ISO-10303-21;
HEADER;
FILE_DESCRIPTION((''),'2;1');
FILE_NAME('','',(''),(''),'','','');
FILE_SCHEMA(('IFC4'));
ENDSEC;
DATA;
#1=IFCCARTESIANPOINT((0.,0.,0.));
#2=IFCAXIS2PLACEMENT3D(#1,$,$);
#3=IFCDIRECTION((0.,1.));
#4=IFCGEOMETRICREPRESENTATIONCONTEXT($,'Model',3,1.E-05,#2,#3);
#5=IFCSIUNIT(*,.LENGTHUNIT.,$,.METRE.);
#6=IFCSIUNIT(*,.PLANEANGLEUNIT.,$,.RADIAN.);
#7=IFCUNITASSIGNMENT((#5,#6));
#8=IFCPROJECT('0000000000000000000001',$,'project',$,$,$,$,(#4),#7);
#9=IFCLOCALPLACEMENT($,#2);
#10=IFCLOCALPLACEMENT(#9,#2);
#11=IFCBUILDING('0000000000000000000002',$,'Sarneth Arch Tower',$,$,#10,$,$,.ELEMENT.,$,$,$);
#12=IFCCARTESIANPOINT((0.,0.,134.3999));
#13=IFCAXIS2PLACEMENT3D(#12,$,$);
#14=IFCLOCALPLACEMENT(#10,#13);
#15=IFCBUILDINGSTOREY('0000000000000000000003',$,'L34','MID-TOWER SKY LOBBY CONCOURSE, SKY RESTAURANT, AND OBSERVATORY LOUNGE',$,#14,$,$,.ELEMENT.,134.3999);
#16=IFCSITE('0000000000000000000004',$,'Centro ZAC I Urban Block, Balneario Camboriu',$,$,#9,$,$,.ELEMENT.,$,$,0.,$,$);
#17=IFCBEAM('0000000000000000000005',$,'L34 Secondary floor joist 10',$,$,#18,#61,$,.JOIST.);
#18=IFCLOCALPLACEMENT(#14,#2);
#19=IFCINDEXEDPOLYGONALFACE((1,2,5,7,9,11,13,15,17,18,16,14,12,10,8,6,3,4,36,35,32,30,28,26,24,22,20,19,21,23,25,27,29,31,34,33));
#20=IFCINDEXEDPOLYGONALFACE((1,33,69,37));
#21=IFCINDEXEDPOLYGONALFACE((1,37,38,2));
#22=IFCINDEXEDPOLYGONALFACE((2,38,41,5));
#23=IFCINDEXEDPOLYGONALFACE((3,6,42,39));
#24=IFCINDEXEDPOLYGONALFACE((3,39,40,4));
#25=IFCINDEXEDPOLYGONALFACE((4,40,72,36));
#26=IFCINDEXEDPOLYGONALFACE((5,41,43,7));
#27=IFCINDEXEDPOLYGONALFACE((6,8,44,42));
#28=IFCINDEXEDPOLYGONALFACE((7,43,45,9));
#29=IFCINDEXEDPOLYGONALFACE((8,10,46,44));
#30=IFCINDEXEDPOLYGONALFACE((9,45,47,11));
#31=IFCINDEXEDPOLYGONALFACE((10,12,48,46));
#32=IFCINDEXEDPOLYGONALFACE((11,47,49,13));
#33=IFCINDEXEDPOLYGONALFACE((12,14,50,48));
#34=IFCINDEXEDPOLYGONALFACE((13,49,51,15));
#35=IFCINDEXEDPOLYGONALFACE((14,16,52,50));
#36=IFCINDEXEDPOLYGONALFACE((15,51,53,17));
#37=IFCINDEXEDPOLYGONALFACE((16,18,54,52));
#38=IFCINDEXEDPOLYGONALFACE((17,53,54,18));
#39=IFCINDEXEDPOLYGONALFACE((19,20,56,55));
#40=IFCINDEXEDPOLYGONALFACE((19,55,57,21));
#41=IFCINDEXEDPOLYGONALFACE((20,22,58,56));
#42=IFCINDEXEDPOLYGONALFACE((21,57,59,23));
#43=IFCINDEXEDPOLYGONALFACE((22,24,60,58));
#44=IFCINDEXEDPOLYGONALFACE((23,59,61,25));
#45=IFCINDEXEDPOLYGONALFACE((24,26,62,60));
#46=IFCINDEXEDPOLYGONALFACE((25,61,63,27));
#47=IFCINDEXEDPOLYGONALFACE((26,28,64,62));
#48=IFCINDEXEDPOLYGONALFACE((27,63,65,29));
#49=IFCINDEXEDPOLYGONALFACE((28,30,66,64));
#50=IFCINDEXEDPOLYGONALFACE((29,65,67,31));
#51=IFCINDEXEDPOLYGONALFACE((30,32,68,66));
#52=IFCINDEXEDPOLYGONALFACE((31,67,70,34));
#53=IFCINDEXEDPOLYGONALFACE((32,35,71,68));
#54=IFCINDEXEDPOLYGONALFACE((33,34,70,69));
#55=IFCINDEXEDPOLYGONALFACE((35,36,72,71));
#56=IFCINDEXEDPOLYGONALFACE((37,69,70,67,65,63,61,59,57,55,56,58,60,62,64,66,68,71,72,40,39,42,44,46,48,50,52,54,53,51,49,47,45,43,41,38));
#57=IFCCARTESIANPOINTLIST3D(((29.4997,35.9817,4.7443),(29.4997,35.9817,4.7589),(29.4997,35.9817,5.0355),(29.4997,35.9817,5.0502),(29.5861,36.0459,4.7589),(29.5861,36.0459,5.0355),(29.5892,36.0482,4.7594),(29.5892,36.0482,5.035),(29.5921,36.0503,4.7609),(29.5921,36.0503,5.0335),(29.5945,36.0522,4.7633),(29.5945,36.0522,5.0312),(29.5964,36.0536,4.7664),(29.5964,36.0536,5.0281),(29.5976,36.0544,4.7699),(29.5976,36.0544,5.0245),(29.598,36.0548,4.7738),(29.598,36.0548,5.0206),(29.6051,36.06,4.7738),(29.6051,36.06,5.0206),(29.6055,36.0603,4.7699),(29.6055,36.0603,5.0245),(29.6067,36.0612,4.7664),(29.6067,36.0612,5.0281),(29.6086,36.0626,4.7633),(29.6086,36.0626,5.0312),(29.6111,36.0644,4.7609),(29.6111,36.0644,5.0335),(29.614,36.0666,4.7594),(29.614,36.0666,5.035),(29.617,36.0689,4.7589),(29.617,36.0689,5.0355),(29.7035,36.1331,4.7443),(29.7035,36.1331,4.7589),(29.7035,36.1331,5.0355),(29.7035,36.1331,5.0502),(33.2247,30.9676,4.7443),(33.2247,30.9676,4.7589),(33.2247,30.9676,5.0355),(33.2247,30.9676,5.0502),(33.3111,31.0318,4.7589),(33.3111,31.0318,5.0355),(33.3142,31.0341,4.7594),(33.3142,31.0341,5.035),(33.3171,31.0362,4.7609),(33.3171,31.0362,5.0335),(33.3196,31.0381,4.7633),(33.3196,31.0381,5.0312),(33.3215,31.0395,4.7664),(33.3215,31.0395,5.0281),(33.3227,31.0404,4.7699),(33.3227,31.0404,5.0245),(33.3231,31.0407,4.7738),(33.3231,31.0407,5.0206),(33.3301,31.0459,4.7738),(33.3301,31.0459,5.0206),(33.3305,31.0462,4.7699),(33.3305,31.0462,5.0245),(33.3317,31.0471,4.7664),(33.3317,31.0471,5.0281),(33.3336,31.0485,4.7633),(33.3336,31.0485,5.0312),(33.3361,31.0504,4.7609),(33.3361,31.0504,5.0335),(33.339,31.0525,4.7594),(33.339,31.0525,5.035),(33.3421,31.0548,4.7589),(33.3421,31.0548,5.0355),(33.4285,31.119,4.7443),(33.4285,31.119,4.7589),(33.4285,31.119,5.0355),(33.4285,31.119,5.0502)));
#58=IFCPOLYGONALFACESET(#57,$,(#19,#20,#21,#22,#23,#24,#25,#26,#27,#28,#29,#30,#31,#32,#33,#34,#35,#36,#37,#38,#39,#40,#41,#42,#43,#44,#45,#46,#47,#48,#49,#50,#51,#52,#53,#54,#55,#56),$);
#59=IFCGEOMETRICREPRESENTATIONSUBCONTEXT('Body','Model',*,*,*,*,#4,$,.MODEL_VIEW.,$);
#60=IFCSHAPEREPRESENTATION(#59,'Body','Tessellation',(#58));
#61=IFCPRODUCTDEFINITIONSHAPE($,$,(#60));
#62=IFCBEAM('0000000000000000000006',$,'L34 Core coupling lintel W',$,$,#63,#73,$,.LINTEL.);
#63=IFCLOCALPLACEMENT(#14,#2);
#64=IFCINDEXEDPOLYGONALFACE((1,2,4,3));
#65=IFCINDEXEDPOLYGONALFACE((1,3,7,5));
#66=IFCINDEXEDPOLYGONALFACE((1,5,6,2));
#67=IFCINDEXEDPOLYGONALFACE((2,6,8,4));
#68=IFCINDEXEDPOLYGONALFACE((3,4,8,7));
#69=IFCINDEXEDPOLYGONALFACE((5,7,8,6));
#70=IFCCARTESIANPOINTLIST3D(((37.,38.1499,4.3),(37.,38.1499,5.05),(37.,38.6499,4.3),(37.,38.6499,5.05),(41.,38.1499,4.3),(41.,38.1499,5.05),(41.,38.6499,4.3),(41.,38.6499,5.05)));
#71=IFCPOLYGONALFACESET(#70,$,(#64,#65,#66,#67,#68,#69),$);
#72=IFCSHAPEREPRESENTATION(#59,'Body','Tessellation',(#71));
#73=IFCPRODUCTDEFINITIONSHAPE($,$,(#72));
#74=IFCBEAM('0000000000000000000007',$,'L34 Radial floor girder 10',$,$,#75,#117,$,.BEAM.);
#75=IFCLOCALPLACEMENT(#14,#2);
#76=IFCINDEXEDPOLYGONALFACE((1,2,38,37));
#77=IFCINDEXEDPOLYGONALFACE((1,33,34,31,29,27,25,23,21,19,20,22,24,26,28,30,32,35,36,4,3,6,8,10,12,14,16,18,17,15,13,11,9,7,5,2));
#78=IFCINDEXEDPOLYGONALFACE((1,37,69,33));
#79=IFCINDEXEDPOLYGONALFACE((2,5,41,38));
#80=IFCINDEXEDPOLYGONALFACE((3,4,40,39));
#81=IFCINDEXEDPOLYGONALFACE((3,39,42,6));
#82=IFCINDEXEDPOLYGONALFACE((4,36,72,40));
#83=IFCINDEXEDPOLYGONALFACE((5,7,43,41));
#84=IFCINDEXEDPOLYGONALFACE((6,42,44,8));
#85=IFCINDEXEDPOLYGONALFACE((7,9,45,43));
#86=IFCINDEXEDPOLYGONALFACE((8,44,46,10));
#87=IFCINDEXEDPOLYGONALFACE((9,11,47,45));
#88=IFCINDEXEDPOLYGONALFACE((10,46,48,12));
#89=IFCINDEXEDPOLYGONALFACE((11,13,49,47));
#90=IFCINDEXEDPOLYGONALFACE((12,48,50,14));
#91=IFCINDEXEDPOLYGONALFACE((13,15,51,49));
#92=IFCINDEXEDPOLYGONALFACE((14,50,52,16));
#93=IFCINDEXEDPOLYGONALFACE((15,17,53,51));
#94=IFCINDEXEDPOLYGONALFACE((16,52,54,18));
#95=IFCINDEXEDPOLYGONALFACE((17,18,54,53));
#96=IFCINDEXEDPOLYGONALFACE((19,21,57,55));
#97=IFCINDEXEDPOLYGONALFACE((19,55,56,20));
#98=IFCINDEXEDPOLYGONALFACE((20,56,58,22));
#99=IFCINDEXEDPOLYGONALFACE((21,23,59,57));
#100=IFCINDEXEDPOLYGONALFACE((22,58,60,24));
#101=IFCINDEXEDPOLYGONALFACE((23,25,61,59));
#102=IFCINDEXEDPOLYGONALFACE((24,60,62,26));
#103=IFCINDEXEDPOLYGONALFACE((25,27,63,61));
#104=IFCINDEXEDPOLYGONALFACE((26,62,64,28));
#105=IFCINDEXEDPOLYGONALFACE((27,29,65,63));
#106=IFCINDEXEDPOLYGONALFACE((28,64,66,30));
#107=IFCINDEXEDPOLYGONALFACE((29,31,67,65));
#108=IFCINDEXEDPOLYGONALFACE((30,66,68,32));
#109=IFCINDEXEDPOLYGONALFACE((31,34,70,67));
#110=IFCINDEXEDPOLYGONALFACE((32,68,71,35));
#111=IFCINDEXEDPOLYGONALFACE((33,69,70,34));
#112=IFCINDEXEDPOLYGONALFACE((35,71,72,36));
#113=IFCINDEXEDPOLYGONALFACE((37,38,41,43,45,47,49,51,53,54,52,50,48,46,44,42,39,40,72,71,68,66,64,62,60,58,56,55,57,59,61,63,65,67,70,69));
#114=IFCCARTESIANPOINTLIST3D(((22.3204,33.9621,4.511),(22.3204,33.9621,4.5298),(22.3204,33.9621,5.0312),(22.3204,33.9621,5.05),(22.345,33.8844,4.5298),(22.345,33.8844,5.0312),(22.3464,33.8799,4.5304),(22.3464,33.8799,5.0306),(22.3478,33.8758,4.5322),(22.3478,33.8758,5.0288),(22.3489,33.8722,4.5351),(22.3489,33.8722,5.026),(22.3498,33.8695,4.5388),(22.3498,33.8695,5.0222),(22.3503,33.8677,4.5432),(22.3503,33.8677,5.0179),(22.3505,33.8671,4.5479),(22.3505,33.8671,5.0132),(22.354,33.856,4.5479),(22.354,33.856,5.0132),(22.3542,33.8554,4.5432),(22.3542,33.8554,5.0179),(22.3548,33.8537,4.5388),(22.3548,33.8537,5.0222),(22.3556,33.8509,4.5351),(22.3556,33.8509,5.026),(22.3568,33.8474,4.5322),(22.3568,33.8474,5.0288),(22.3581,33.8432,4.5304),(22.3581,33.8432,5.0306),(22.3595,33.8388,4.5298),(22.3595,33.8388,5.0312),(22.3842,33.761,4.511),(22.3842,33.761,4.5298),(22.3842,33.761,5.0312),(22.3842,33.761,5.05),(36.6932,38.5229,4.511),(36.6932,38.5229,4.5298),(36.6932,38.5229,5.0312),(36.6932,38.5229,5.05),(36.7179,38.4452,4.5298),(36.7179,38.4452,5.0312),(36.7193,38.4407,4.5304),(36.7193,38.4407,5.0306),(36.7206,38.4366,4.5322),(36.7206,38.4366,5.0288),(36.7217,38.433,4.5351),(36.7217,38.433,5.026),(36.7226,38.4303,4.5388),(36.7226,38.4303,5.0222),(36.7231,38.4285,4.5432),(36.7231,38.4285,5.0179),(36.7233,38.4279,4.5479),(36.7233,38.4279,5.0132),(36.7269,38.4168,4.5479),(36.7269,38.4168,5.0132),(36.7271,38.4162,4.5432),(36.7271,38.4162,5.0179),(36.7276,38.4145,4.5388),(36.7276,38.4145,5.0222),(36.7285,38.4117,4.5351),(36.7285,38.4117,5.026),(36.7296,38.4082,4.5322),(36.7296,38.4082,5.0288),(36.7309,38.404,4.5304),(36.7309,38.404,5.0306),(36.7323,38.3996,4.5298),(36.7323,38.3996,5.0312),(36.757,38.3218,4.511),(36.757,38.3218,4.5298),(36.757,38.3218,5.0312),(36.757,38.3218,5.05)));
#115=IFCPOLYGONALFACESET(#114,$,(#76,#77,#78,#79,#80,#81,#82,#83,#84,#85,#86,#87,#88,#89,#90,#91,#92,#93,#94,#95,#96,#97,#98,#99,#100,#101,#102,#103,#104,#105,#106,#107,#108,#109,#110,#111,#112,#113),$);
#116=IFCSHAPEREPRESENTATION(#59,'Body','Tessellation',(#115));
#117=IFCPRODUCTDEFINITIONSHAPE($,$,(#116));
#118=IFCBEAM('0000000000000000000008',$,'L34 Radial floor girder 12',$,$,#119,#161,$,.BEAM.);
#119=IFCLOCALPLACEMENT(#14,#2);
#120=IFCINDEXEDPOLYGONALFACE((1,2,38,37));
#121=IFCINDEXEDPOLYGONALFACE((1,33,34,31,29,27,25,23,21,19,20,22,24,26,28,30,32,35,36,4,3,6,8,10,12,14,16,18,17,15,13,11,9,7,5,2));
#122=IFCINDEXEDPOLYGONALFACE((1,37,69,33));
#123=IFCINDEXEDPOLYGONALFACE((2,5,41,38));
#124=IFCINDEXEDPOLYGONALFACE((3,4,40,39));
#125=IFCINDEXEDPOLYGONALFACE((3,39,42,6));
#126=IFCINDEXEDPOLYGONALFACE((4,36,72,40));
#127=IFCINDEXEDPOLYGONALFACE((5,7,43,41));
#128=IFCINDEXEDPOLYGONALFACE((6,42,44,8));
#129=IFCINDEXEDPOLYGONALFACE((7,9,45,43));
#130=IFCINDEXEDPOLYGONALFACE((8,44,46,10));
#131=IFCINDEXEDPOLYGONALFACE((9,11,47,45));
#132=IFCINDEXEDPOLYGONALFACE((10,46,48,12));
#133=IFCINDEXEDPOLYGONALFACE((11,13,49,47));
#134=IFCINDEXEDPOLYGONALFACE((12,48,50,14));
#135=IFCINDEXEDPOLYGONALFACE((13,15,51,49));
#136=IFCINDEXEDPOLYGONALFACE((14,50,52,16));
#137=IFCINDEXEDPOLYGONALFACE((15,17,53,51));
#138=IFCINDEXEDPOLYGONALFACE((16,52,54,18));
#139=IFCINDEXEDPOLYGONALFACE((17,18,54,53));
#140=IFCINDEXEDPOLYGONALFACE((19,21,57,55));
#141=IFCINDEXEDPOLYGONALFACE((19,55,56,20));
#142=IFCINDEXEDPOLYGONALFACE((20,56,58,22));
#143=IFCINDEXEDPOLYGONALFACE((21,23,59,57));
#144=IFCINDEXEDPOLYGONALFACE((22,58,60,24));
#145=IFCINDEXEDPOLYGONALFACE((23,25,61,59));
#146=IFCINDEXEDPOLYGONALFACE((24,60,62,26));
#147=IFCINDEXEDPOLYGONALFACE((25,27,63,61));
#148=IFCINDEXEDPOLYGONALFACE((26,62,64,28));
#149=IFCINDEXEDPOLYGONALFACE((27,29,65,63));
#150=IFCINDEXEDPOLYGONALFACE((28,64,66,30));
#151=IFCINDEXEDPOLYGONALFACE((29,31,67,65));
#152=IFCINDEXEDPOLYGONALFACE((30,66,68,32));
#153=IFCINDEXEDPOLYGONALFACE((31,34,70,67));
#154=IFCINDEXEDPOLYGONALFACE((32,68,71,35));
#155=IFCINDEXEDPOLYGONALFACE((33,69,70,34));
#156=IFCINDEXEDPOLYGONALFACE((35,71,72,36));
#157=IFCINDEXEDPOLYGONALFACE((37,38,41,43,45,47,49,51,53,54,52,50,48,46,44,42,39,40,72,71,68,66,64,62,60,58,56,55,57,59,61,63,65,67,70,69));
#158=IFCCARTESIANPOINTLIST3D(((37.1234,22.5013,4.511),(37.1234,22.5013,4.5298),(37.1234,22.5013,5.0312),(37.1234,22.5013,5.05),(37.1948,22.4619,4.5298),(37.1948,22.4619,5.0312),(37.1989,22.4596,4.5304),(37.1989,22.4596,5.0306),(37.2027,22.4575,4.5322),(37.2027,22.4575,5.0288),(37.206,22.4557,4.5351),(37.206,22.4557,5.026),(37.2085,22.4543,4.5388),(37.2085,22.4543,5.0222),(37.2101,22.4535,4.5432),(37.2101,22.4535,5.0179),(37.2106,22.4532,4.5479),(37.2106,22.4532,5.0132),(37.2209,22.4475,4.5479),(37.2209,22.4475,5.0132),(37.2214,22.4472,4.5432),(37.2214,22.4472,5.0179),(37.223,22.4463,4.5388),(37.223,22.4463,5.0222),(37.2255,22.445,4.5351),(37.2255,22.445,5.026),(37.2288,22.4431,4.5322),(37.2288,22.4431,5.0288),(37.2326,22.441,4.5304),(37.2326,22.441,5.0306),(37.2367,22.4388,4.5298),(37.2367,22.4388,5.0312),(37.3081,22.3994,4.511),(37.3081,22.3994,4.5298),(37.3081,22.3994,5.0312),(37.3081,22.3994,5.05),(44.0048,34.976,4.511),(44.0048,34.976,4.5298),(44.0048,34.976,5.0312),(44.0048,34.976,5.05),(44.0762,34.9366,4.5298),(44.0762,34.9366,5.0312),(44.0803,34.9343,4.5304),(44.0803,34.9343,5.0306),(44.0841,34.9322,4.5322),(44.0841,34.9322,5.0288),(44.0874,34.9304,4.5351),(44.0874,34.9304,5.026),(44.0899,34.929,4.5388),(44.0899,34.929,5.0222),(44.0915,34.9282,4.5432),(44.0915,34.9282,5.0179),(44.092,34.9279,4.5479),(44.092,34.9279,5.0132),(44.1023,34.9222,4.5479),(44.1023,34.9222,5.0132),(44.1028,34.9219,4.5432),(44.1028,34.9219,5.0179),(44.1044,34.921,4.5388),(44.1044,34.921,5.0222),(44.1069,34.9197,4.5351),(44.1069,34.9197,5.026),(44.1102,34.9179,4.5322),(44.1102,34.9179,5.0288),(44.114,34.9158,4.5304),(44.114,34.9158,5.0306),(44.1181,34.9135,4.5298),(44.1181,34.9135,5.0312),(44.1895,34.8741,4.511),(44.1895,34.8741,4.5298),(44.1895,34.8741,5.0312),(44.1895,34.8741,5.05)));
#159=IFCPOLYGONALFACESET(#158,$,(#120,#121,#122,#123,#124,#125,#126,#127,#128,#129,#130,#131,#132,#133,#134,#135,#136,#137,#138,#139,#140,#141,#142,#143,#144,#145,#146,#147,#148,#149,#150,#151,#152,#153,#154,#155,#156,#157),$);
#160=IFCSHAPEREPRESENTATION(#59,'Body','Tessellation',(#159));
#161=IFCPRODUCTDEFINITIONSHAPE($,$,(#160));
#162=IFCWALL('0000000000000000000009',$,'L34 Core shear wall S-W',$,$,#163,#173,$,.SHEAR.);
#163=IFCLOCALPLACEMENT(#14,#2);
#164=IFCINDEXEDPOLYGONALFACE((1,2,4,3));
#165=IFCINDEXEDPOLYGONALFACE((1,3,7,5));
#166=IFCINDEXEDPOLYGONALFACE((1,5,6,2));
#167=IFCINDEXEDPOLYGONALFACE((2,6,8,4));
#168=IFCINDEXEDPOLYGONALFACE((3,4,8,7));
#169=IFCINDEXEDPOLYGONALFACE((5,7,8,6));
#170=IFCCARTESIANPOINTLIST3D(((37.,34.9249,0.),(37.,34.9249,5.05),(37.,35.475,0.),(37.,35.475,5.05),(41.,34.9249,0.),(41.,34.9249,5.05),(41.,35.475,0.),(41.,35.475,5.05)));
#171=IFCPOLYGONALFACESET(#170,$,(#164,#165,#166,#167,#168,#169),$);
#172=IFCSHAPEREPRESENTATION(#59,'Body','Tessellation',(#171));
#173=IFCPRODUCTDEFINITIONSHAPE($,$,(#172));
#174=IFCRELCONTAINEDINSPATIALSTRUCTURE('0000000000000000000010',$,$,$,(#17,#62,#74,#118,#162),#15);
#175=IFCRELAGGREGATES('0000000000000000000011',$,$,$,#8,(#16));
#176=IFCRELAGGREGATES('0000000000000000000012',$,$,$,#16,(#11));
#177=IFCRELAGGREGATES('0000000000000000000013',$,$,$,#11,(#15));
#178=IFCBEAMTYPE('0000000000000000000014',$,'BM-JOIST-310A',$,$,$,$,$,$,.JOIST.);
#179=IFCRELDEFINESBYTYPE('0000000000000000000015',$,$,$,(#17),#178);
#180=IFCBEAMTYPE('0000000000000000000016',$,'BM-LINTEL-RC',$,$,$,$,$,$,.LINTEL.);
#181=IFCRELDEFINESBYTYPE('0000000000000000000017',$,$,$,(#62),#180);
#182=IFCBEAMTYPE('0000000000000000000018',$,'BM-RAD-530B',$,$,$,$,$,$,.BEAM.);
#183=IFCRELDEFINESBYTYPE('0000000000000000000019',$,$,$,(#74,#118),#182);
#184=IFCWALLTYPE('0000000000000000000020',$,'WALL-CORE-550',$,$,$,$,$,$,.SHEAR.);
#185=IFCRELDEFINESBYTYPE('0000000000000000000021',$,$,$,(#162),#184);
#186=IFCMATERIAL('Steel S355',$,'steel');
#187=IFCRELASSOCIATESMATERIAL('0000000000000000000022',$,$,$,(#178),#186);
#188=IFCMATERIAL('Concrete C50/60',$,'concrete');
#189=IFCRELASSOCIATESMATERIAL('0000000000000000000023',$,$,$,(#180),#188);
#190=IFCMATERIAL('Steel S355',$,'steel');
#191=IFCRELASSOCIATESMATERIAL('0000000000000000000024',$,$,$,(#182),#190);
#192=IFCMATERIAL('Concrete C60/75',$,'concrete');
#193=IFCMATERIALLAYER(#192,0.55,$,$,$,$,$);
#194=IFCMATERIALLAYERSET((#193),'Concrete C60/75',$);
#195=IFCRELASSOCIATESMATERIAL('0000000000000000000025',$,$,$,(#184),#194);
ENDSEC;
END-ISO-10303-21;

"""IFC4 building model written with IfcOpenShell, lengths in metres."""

from ifc_helpers import new_model, si_unit, direction, frame, frame_2d, origin, origin_2d, place, context, subcontext, project, spatial, rectangle, i_section, extrude, material, layer, layer_set, material_profile, profile_set, type_object, element, save


model = new_model("IFC4")

# Units and contexts
model_context = context("Model", 3, precision=1e-05, world=origin(), true_north=direction((0.0, 1.0)))
body_context = subcontext(model_context, "Body", "Model", "MODEL_VIEW")
ifc_project = project(units=[si_unit("LENGTHUNIT", "METRE"), si_unit("PLANEANGLEUNIT", "RADIAN")], contexts=[model_context])

# Site, building, storey
site_placement = place(None, origin())
site = spatial("IfcSite", under=ifc_project, at=site_placement, Name="Centro ZAC I Urban Block, Balneario Camboriu", CompositionType="ELEMENT", RefElevation=0.0)
building_placement = place(site_placement, origin())
building = spatial("IfcBuilding", under=site, at=building_placement, Name="Sarneth Arch Tower", CompositionType="ELEMENT")
storey_placement = place(building_placement, frame((0.0, 0.0, 134.3999)))
storey = spatial("IfcBuildingStorey", under=building, at=storey_placement, Name="L34", Description="MID-TOWER SKY LOBBY CONCOURSE, SKY RESTAURANT, AND OBSERVATORY LOUNGE", CompositionType="ELEMENT", Elevation=134.3999)

# Beams
ifc_material_1 = material(Name="Steel S355", Category="steel")
ifc_material_profile_1 = material_profile(ifc_material_1, i_section(OverallWidth=0.2539, OverallDepth=0.3059, WebThickness=0.0088, FlangeThickness=0.0146, FilletRadius=0.0149, at=origin_2d()), Name="W310x79")
ifc_profile_set_1 = profile_set([ifc_material_profile_1], Name="Steel S355")
beam_type_1 = type_object("IfcBeamType", Name="BM-JOIST-310A", PredefinedType="JOIST", material=ifc_profile_set_1)
beam_1_placement = place(storey_placement, frame((29.6016, 36.0574, 4.8972), z_axis=(0.596354, -0.802721, 0.0), x_axis=(0.802721, 0.596354, 0.0)))
element("IfcBeam", 1, at=beam_1_placement, inside=storey, type_object=beam_type_1, Name="L34 Secondary floor joist 10", PredefinedType="JOIST", context=body_context, shape_type="SweptSolid", body=[
    extrude(i_section(OverallWidth=0.2539, OverallDepth=0.3059, WebThickness=0.0088, FlangeThickness=0.0146, FilletRadius=0.0149, at=origin_2d()), origin(), (0.0, 0.0, 1.0), 6.2463),
])
ifc_material_2 = material(Name="Concrete C50/60", Category="concrete")
ifc_material_profile_2 = material_profile(ifc_material_2, rectangle(XDim=0.5, YDim=0.75, at=origin_2d()), Name="RC-500x750")
ifc_profile_set_2 = profile_set([ifc_material_profile_2], Name="Concrete C50/60")
beam_type_2 = type_object("IfcBeamType", Name="BM-LINTEL-RC", PredefinedType="LINTEL", material=ifc_profile_set_2)
beam_2_placement = place(storey_placement, frame((37.0, 38.3999, 4.675), z_axis=(1.0, 0.0, 0.0), x_axis=(0.0, 1.0, 0.0)))
element("IfcBeam", 2, at=beam_2_placement, inside=storey, type_object=beam_type_2, Name="L34 Core coupling lintel W", PredefinedType="LINTEL", context=body_context, shape_type="SweptSolid", body=[
    extrude(rectangle(XDim=0.5, YDim=0.75, at=origin_2d()), origin(), (0.0, 0.0, 1.0), 4.0),
])
ifc_material_3 = material(Name="Steel S355", Category="steel")
ifc_material_profile_3 = material_profile(ifc_material_3, i_section(OverallWidth=0.2109, OverallDepth=0.5391, WebThickness=0.0117, FlangeThickness=0.0188, FilletRadius=0.0181, at=origin_2d()), Name="W530x109")
ifc_profile_set_3 = profile_set([ifc_material_profile_3], Name="Steel S355")
beam_type_3 = type_object("IfcBeamType", Name="BM-RAD-530B", PredefinedType="BEAM", material=ifc_profile_set_3)
beam_3_placement = place(storey_placement, frame((36.7251, 38.4224, 4.7805), z_axis=(-0.953163, -0.302458, 0.0), x_axis=(0.302458, -0.953163, 0.0)))
element("IfcBeam", 3, at=beam_3_placement, inside=storey, type_object=beam_type_3, Name="L34 Radial floor girder 10", PredefinedType="BEAM", context=body_context, shape_type="SweptSolid", body=[
    extrude(i_section(OverallWidth=0.2109, OverallDepth=0.5391, WebThickness=0.0117, FlangeThickness=0.0188, FilletRadius=0.0181, at=origin_2d()), origin(), (0.0, 0.0, 1.0), 15.0791),
])
beam_4_placement = place(storey_placement, frame((44.0972, 34.925, 4.7805), z_axis=(-0.483013, -0.875613, 0.0), x_axis=(0.875613, -0.483013, 0.0)))
element("IfcBeam", 4, at=beam_4_placement, inside=storey, type_object=beam_type_3, Name="L34 Radial floor girder 12", PredefinedType="BEAM", context=body_context, shape_type="SweptSolid", body=[
    extrude(i_section(OverallWidth=0.2109, OverallDepth=0.5391, WebThickness=0.0117, FlangeThickness=0.0188, FilletRadius=0.0181, at=origin_2d()), origin(), (0.0, 0.0, 1.0), 14.2468),
])

# Wall
ifc_material_4 = material(Name="Concrete C60/75", Category="concrete")
ifc_layer_1 = layer(ifc_material_4, 0.55)
ifc_layer_set_1 = layer_set([ifc_layer_1], Name="Concrete C60/75")
wall_type_1 = type_object("IfcWallType", Name="WALL-CORE-550", PredefinedType="SHEAR", material=ifc_layer_set_1)
wall_1_placement = place(storey_placement, frame((37.0, 35.2, 0.0), z_axis=(0.0, 0.0, 1.0), x_axis=(1.0, 0.0, 0.0)))
element("IfcWall", 5, at=wall_1_placement, inside=storey, type_object=wall_type_1, Name="L34 Core shear wall S-W", PredefinedType="SHEAR", context=body_context, shape_type="SweptSolid", body=[
    extrude(rectangle(XDim=4.0, YDim=0.55, at=frame_2d((2.0, 0.0))), origin(), (0.0, 0.0, 1.0), 5.05),
])

save(model, "model.ifc")
